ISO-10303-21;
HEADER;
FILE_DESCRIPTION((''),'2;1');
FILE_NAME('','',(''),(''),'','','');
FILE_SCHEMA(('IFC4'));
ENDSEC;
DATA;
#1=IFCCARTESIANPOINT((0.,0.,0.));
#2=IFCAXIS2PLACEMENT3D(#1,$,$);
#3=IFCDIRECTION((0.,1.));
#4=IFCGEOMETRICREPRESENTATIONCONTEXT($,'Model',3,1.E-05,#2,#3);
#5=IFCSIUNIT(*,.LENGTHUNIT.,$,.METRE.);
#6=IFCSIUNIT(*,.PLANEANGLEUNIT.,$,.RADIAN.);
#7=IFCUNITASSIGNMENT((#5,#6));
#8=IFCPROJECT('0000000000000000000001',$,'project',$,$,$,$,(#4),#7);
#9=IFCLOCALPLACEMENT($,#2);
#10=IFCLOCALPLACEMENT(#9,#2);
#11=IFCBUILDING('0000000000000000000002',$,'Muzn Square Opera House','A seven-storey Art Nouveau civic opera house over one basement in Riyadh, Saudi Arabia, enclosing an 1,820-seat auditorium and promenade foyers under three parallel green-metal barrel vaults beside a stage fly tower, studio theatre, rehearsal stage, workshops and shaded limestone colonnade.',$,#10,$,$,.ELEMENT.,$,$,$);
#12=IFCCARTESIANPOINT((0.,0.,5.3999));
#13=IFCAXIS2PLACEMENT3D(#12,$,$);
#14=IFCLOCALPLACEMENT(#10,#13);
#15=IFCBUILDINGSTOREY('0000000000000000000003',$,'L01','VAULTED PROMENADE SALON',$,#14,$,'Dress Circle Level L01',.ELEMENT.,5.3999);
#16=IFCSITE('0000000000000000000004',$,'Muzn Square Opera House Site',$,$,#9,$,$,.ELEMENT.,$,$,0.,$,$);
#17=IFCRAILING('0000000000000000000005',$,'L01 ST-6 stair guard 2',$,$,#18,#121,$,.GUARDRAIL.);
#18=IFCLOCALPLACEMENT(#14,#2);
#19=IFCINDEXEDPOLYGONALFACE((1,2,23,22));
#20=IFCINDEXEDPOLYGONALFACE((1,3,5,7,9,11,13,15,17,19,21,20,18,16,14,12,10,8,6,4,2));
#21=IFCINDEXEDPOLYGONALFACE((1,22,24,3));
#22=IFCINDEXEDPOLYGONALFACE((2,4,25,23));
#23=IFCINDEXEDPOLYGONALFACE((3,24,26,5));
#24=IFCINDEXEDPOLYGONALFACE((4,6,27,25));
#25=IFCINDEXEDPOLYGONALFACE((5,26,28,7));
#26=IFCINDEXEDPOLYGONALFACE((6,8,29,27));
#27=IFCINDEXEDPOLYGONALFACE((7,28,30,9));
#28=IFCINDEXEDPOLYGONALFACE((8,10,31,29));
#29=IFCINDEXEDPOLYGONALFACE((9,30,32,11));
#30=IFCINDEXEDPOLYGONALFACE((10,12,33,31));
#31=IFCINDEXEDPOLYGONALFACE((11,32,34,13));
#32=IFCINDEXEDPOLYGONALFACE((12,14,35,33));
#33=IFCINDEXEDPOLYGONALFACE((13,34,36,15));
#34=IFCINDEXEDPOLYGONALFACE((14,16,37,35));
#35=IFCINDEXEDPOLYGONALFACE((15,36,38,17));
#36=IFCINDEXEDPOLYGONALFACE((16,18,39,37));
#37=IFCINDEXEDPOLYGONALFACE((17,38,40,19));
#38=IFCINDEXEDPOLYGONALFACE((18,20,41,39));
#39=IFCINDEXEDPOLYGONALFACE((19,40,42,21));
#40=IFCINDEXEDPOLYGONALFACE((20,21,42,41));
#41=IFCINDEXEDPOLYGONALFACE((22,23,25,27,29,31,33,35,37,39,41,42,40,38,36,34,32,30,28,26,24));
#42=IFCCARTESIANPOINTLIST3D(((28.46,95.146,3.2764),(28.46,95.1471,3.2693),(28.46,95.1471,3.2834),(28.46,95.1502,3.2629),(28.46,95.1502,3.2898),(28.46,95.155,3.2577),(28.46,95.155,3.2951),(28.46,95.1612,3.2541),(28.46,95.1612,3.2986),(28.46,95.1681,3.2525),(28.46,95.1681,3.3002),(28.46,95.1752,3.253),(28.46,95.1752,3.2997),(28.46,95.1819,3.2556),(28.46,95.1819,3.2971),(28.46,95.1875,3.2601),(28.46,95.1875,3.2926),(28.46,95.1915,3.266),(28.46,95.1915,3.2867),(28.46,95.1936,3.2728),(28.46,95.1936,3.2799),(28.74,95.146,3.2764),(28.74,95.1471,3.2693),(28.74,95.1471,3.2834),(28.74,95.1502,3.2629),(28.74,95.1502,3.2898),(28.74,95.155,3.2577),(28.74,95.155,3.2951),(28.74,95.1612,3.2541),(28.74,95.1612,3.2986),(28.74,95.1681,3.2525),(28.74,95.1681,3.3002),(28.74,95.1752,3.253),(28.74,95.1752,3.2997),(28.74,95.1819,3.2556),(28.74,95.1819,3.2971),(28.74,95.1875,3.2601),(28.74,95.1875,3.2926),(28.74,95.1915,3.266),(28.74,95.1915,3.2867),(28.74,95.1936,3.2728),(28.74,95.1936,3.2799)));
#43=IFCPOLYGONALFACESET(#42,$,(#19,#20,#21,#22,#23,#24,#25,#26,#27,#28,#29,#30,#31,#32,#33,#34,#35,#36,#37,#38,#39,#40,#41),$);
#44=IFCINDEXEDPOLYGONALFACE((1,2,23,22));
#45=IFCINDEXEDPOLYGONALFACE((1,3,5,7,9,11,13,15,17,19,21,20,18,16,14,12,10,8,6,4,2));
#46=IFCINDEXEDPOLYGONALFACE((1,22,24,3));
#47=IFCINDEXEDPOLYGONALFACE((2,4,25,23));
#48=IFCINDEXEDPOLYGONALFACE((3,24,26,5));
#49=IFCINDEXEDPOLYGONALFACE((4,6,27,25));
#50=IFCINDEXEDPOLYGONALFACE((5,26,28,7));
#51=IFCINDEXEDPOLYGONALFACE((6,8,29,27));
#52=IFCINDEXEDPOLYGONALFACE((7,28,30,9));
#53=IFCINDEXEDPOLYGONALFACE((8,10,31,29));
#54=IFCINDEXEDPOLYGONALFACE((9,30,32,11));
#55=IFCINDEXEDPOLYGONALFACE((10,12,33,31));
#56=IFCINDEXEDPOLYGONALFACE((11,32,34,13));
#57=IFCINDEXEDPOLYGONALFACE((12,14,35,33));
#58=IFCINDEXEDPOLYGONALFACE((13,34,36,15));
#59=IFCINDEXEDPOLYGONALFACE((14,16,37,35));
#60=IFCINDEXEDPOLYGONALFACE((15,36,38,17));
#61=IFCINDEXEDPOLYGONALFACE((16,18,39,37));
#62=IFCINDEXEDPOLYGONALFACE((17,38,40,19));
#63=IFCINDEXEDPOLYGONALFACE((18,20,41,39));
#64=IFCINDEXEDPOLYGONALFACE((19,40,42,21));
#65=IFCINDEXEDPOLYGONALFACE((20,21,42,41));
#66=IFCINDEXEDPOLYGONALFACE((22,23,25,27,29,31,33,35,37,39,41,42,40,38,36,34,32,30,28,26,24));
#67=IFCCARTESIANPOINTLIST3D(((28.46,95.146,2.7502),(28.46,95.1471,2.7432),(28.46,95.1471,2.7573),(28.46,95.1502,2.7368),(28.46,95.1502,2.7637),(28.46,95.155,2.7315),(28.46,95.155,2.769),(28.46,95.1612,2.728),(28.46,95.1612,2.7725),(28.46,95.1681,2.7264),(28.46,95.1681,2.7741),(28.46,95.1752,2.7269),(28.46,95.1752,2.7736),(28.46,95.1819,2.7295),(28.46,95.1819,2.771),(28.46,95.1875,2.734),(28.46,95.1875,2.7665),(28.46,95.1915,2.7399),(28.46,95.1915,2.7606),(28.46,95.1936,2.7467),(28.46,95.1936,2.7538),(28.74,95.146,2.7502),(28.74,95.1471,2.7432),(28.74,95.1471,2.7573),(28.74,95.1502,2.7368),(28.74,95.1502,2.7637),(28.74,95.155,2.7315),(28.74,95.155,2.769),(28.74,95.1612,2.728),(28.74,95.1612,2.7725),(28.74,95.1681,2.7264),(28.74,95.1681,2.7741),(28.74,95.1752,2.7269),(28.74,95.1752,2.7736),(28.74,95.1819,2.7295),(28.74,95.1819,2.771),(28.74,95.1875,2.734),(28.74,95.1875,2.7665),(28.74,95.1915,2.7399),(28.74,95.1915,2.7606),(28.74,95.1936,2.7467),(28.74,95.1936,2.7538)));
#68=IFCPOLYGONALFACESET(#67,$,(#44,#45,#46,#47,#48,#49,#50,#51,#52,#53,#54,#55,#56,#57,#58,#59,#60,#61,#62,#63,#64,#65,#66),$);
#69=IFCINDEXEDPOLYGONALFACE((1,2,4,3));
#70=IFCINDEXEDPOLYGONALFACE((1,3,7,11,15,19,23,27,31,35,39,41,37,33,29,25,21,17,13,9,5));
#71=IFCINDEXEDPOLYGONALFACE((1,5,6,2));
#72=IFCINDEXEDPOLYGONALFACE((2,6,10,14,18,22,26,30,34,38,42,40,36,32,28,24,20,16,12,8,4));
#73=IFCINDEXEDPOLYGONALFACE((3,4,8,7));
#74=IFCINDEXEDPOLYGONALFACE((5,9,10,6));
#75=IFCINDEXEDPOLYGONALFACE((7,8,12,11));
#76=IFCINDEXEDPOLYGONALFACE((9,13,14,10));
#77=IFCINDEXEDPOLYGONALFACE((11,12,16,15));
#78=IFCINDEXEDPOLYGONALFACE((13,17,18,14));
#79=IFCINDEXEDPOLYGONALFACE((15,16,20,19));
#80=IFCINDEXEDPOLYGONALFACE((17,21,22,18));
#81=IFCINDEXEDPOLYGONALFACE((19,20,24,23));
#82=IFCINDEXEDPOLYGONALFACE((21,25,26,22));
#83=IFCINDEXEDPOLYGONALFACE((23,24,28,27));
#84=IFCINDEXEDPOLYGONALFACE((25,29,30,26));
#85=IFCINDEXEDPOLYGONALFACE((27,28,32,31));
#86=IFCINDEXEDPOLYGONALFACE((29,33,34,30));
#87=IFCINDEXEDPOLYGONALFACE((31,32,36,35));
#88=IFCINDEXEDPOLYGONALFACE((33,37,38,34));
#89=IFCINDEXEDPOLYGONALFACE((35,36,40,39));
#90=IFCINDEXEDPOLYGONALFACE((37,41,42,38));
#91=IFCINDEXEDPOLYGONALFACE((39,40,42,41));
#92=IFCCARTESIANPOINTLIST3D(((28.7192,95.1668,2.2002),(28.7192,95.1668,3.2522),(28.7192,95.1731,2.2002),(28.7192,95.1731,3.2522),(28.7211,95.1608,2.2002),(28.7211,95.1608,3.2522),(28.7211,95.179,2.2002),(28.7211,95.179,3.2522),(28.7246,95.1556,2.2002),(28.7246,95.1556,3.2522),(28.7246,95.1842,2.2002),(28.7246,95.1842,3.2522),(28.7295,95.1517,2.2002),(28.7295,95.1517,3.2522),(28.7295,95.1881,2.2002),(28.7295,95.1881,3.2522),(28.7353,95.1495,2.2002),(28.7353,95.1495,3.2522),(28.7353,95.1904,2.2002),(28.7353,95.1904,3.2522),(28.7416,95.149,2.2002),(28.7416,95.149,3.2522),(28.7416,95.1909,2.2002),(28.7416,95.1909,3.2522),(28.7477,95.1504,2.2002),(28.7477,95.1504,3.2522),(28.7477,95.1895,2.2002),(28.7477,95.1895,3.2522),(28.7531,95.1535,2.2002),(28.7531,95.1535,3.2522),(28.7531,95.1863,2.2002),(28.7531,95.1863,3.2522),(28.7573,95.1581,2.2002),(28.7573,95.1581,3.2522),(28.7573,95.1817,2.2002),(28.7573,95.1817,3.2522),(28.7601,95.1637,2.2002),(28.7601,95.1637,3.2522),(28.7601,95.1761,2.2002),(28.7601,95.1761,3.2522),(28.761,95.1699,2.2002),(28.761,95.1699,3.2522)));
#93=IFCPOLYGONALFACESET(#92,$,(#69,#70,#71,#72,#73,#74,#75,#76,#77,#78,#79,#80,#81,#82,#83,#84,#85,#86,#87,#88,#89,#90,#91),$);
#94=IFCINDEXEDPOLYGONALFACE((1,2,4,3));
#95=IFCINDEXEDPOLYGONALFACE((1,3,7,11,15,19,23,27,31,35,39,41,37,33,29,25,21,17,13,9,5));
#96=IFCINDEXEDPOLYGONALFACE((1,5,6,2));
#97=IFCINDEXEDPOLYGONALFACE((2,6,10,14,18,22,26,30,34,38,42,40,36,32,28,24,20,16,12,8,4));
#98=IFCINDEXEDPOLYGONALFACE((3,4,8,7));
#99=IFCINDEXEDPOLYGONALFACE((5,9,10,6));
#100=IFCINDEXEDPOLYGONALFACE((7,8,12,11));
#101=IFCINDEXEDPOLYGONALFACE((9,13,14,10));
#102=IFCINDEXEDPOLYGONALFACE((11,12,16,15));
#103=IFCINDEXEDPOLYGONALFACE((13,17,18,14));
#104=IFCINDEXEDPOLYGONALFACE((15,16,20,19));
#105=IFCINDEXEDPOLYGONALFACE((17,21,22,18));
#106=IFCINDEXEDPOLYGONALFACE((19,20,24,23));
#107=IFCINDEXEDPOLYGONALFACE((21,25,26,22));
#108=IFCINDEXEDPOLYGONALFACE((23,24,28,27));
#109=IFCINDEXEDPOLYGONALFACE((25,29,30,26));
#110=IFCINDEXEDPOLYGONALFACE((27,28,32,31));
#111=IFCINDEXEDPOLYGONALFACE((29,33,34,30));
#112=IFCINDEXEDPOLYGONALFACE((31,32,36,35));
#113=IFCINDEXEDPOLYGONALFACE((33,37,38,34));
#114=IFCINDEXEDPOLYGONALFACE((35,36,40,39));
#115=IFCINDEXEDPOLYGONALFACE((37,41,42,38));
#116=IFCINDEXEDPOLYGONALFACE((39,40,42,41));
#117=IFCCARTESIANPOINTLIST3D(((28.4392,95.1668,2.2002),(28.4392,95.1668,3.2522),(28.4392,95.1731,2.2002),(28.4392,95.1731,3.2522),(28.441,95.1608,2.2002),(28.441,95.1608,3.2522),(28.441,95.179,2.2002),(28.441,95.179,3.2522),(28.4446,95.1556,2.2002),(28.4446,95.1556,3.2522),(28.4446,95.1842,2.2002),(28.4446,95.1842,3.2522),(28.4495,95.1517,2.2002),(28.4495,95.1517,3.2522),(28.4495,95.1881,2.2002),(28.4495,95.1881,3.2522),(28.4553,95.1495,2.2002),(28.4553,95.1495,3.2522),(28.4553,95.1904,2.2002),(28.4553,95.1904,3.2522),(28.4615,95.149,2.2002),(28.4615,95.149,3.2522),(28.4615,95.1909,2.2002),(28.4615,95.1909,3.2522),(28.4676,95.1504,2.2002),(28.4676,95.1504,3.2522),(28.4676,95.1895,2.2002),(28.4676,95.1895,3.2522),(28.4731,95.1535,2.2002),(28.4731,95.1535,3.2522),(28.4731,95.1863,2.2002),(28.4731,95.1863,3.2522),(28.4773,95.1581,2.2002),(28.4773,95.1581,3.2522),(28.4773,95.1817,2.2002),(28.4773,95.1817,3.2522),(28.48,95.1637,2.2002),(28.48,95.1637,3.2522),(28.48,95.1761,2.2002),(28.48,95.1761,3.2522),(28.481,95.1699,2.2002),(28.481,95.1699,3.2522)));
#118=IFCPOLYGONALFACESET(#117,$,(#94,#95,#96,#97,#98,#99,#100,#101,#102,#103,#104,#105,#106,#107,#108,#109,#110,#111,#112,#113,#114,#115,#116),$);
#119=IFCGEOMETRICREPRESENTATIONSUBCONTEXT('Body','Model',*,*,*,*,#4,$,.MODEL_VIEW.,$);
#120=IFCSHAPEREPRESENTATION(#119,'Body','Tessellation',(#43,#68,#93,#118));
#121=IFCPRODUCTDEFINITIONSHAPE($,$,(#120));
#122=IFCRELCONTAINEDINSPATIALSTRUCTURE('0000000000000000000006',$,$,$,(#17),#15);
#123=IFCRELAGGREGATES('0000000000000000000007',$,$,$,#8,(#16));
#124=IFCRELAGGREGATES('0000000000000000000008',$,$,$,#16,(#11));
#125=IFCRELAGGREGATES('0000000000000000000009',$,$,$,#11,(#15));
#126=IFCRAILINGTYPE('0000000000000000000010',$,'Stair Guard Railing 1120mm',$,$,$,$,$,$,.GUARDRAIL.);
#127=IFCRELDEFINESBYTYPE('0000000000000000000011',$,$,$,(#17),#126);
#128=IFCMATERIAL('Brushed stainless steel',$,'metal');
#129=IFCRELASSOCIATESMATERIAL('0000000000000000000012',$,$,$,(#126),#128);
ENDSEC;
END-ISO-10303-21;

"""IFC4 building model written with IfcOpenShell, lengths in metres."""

from ifc_helpers import new_model, si_unit, direction, frame, origin, origin_2d, place, context, subcontext, project, spatial, circle, extrude, material, type_object, element, save


model = new_model("IFC4")

# Units and contexts
model_context = context("Model", 3, precision=1e-05, world=origin(), true_north=direction((0.0, 1.0)))
body_context = subcontext(model_context, "Body", "Model", "MODEL_VIEW")
ifc_project = project(units=[si_unit("LENGTHUNIT", "METRE"), si_unit("PLANEANGLEUNIT", "RADIAN")], contexts=[model_context])

# Site, building, storey
site_placement = place(None, origin())
site = spatial("IfcSite", under=ifc_project, at=site_placement, Name="Muzn Square Opera House Site", CompositionType="ELEMENT", RefElevation=0.0)
building_placement = place(site_placement, origin())
building = spatial("IfcBuilding", under=site, at=building_placement, Name="Muzn Square Opera House", Description="A seven-storey Art Nouveau civic opera house over one basement in Riyadh, Saudi Arabia, enclosing an 1,820-seat auditorium and promenade foyers under three parallel green-metal barrel vaults beside a stage fly tower, studio theatre, rehearsal stage, workshops and shaded limestone colonnade.", CompositionType="ELEMENT")
storey_placement = place(building_placement, frame((0.0, 0.0, 5.3999)))
storey = spatial("IfcBuildingStorey", under=building, at=storey_placement, Name="L01", Description="VAULTED PROMENADE SALON", LongName="Dress Circle Level L01", CompositionType="ELEMENT", Elevation=5.3999)

# Railing
ifc_material_1 = material(Name="Brushed stainless steel", Category="metal")
railing_type_1 = type_object("IfcRailingType", Name="Stair Guard Railing 1120mm", PredefinedType="GUARDRAIL", material=ifc_material_1)
railing_1_placement = place(storey_placement, frame((28.74, 95.1699, 2.2002)))
element("IfcRailing", 1, at=railing_1_placement, inside=storey, type_object=railing_type_1, Name="L01 ST-6 stair guard 2", PredefinedType="GUARDRAIL", context=body_context, shape_type="SweptSolid", body=[
    extrude(circle(Radius=0.0239, at=origin_2d()), frame((0.0, 0.0, 1.0762), z_axis=(-1.0, 0.0, 0.0), x_axis=(0.0, -1.0, 0.0)), (0.0, 0.0, 1.0), 0.28),
    extrude(circle(Radius=0.0239, at=origin_2d()), frame((0.0, 0.0, 0.55), z_axis=(-1.0, 0.0, 0.0), x_axis=(0.0, -1.0, 0.0)), (0.0, 0.0, 1.0), 0.28),
    extrude(circle(Radius=0.021, at=origin_2d()), origin(), (0.0, 0.0, 1.0), 1.052),
    extrude(circle(Radius=0.021, at=origin_2d()), frame((-0.28, 0.0, 0.0)), (0.0, 0.0, 1.0), 1.052),
])

save(model, "model.ifc")
